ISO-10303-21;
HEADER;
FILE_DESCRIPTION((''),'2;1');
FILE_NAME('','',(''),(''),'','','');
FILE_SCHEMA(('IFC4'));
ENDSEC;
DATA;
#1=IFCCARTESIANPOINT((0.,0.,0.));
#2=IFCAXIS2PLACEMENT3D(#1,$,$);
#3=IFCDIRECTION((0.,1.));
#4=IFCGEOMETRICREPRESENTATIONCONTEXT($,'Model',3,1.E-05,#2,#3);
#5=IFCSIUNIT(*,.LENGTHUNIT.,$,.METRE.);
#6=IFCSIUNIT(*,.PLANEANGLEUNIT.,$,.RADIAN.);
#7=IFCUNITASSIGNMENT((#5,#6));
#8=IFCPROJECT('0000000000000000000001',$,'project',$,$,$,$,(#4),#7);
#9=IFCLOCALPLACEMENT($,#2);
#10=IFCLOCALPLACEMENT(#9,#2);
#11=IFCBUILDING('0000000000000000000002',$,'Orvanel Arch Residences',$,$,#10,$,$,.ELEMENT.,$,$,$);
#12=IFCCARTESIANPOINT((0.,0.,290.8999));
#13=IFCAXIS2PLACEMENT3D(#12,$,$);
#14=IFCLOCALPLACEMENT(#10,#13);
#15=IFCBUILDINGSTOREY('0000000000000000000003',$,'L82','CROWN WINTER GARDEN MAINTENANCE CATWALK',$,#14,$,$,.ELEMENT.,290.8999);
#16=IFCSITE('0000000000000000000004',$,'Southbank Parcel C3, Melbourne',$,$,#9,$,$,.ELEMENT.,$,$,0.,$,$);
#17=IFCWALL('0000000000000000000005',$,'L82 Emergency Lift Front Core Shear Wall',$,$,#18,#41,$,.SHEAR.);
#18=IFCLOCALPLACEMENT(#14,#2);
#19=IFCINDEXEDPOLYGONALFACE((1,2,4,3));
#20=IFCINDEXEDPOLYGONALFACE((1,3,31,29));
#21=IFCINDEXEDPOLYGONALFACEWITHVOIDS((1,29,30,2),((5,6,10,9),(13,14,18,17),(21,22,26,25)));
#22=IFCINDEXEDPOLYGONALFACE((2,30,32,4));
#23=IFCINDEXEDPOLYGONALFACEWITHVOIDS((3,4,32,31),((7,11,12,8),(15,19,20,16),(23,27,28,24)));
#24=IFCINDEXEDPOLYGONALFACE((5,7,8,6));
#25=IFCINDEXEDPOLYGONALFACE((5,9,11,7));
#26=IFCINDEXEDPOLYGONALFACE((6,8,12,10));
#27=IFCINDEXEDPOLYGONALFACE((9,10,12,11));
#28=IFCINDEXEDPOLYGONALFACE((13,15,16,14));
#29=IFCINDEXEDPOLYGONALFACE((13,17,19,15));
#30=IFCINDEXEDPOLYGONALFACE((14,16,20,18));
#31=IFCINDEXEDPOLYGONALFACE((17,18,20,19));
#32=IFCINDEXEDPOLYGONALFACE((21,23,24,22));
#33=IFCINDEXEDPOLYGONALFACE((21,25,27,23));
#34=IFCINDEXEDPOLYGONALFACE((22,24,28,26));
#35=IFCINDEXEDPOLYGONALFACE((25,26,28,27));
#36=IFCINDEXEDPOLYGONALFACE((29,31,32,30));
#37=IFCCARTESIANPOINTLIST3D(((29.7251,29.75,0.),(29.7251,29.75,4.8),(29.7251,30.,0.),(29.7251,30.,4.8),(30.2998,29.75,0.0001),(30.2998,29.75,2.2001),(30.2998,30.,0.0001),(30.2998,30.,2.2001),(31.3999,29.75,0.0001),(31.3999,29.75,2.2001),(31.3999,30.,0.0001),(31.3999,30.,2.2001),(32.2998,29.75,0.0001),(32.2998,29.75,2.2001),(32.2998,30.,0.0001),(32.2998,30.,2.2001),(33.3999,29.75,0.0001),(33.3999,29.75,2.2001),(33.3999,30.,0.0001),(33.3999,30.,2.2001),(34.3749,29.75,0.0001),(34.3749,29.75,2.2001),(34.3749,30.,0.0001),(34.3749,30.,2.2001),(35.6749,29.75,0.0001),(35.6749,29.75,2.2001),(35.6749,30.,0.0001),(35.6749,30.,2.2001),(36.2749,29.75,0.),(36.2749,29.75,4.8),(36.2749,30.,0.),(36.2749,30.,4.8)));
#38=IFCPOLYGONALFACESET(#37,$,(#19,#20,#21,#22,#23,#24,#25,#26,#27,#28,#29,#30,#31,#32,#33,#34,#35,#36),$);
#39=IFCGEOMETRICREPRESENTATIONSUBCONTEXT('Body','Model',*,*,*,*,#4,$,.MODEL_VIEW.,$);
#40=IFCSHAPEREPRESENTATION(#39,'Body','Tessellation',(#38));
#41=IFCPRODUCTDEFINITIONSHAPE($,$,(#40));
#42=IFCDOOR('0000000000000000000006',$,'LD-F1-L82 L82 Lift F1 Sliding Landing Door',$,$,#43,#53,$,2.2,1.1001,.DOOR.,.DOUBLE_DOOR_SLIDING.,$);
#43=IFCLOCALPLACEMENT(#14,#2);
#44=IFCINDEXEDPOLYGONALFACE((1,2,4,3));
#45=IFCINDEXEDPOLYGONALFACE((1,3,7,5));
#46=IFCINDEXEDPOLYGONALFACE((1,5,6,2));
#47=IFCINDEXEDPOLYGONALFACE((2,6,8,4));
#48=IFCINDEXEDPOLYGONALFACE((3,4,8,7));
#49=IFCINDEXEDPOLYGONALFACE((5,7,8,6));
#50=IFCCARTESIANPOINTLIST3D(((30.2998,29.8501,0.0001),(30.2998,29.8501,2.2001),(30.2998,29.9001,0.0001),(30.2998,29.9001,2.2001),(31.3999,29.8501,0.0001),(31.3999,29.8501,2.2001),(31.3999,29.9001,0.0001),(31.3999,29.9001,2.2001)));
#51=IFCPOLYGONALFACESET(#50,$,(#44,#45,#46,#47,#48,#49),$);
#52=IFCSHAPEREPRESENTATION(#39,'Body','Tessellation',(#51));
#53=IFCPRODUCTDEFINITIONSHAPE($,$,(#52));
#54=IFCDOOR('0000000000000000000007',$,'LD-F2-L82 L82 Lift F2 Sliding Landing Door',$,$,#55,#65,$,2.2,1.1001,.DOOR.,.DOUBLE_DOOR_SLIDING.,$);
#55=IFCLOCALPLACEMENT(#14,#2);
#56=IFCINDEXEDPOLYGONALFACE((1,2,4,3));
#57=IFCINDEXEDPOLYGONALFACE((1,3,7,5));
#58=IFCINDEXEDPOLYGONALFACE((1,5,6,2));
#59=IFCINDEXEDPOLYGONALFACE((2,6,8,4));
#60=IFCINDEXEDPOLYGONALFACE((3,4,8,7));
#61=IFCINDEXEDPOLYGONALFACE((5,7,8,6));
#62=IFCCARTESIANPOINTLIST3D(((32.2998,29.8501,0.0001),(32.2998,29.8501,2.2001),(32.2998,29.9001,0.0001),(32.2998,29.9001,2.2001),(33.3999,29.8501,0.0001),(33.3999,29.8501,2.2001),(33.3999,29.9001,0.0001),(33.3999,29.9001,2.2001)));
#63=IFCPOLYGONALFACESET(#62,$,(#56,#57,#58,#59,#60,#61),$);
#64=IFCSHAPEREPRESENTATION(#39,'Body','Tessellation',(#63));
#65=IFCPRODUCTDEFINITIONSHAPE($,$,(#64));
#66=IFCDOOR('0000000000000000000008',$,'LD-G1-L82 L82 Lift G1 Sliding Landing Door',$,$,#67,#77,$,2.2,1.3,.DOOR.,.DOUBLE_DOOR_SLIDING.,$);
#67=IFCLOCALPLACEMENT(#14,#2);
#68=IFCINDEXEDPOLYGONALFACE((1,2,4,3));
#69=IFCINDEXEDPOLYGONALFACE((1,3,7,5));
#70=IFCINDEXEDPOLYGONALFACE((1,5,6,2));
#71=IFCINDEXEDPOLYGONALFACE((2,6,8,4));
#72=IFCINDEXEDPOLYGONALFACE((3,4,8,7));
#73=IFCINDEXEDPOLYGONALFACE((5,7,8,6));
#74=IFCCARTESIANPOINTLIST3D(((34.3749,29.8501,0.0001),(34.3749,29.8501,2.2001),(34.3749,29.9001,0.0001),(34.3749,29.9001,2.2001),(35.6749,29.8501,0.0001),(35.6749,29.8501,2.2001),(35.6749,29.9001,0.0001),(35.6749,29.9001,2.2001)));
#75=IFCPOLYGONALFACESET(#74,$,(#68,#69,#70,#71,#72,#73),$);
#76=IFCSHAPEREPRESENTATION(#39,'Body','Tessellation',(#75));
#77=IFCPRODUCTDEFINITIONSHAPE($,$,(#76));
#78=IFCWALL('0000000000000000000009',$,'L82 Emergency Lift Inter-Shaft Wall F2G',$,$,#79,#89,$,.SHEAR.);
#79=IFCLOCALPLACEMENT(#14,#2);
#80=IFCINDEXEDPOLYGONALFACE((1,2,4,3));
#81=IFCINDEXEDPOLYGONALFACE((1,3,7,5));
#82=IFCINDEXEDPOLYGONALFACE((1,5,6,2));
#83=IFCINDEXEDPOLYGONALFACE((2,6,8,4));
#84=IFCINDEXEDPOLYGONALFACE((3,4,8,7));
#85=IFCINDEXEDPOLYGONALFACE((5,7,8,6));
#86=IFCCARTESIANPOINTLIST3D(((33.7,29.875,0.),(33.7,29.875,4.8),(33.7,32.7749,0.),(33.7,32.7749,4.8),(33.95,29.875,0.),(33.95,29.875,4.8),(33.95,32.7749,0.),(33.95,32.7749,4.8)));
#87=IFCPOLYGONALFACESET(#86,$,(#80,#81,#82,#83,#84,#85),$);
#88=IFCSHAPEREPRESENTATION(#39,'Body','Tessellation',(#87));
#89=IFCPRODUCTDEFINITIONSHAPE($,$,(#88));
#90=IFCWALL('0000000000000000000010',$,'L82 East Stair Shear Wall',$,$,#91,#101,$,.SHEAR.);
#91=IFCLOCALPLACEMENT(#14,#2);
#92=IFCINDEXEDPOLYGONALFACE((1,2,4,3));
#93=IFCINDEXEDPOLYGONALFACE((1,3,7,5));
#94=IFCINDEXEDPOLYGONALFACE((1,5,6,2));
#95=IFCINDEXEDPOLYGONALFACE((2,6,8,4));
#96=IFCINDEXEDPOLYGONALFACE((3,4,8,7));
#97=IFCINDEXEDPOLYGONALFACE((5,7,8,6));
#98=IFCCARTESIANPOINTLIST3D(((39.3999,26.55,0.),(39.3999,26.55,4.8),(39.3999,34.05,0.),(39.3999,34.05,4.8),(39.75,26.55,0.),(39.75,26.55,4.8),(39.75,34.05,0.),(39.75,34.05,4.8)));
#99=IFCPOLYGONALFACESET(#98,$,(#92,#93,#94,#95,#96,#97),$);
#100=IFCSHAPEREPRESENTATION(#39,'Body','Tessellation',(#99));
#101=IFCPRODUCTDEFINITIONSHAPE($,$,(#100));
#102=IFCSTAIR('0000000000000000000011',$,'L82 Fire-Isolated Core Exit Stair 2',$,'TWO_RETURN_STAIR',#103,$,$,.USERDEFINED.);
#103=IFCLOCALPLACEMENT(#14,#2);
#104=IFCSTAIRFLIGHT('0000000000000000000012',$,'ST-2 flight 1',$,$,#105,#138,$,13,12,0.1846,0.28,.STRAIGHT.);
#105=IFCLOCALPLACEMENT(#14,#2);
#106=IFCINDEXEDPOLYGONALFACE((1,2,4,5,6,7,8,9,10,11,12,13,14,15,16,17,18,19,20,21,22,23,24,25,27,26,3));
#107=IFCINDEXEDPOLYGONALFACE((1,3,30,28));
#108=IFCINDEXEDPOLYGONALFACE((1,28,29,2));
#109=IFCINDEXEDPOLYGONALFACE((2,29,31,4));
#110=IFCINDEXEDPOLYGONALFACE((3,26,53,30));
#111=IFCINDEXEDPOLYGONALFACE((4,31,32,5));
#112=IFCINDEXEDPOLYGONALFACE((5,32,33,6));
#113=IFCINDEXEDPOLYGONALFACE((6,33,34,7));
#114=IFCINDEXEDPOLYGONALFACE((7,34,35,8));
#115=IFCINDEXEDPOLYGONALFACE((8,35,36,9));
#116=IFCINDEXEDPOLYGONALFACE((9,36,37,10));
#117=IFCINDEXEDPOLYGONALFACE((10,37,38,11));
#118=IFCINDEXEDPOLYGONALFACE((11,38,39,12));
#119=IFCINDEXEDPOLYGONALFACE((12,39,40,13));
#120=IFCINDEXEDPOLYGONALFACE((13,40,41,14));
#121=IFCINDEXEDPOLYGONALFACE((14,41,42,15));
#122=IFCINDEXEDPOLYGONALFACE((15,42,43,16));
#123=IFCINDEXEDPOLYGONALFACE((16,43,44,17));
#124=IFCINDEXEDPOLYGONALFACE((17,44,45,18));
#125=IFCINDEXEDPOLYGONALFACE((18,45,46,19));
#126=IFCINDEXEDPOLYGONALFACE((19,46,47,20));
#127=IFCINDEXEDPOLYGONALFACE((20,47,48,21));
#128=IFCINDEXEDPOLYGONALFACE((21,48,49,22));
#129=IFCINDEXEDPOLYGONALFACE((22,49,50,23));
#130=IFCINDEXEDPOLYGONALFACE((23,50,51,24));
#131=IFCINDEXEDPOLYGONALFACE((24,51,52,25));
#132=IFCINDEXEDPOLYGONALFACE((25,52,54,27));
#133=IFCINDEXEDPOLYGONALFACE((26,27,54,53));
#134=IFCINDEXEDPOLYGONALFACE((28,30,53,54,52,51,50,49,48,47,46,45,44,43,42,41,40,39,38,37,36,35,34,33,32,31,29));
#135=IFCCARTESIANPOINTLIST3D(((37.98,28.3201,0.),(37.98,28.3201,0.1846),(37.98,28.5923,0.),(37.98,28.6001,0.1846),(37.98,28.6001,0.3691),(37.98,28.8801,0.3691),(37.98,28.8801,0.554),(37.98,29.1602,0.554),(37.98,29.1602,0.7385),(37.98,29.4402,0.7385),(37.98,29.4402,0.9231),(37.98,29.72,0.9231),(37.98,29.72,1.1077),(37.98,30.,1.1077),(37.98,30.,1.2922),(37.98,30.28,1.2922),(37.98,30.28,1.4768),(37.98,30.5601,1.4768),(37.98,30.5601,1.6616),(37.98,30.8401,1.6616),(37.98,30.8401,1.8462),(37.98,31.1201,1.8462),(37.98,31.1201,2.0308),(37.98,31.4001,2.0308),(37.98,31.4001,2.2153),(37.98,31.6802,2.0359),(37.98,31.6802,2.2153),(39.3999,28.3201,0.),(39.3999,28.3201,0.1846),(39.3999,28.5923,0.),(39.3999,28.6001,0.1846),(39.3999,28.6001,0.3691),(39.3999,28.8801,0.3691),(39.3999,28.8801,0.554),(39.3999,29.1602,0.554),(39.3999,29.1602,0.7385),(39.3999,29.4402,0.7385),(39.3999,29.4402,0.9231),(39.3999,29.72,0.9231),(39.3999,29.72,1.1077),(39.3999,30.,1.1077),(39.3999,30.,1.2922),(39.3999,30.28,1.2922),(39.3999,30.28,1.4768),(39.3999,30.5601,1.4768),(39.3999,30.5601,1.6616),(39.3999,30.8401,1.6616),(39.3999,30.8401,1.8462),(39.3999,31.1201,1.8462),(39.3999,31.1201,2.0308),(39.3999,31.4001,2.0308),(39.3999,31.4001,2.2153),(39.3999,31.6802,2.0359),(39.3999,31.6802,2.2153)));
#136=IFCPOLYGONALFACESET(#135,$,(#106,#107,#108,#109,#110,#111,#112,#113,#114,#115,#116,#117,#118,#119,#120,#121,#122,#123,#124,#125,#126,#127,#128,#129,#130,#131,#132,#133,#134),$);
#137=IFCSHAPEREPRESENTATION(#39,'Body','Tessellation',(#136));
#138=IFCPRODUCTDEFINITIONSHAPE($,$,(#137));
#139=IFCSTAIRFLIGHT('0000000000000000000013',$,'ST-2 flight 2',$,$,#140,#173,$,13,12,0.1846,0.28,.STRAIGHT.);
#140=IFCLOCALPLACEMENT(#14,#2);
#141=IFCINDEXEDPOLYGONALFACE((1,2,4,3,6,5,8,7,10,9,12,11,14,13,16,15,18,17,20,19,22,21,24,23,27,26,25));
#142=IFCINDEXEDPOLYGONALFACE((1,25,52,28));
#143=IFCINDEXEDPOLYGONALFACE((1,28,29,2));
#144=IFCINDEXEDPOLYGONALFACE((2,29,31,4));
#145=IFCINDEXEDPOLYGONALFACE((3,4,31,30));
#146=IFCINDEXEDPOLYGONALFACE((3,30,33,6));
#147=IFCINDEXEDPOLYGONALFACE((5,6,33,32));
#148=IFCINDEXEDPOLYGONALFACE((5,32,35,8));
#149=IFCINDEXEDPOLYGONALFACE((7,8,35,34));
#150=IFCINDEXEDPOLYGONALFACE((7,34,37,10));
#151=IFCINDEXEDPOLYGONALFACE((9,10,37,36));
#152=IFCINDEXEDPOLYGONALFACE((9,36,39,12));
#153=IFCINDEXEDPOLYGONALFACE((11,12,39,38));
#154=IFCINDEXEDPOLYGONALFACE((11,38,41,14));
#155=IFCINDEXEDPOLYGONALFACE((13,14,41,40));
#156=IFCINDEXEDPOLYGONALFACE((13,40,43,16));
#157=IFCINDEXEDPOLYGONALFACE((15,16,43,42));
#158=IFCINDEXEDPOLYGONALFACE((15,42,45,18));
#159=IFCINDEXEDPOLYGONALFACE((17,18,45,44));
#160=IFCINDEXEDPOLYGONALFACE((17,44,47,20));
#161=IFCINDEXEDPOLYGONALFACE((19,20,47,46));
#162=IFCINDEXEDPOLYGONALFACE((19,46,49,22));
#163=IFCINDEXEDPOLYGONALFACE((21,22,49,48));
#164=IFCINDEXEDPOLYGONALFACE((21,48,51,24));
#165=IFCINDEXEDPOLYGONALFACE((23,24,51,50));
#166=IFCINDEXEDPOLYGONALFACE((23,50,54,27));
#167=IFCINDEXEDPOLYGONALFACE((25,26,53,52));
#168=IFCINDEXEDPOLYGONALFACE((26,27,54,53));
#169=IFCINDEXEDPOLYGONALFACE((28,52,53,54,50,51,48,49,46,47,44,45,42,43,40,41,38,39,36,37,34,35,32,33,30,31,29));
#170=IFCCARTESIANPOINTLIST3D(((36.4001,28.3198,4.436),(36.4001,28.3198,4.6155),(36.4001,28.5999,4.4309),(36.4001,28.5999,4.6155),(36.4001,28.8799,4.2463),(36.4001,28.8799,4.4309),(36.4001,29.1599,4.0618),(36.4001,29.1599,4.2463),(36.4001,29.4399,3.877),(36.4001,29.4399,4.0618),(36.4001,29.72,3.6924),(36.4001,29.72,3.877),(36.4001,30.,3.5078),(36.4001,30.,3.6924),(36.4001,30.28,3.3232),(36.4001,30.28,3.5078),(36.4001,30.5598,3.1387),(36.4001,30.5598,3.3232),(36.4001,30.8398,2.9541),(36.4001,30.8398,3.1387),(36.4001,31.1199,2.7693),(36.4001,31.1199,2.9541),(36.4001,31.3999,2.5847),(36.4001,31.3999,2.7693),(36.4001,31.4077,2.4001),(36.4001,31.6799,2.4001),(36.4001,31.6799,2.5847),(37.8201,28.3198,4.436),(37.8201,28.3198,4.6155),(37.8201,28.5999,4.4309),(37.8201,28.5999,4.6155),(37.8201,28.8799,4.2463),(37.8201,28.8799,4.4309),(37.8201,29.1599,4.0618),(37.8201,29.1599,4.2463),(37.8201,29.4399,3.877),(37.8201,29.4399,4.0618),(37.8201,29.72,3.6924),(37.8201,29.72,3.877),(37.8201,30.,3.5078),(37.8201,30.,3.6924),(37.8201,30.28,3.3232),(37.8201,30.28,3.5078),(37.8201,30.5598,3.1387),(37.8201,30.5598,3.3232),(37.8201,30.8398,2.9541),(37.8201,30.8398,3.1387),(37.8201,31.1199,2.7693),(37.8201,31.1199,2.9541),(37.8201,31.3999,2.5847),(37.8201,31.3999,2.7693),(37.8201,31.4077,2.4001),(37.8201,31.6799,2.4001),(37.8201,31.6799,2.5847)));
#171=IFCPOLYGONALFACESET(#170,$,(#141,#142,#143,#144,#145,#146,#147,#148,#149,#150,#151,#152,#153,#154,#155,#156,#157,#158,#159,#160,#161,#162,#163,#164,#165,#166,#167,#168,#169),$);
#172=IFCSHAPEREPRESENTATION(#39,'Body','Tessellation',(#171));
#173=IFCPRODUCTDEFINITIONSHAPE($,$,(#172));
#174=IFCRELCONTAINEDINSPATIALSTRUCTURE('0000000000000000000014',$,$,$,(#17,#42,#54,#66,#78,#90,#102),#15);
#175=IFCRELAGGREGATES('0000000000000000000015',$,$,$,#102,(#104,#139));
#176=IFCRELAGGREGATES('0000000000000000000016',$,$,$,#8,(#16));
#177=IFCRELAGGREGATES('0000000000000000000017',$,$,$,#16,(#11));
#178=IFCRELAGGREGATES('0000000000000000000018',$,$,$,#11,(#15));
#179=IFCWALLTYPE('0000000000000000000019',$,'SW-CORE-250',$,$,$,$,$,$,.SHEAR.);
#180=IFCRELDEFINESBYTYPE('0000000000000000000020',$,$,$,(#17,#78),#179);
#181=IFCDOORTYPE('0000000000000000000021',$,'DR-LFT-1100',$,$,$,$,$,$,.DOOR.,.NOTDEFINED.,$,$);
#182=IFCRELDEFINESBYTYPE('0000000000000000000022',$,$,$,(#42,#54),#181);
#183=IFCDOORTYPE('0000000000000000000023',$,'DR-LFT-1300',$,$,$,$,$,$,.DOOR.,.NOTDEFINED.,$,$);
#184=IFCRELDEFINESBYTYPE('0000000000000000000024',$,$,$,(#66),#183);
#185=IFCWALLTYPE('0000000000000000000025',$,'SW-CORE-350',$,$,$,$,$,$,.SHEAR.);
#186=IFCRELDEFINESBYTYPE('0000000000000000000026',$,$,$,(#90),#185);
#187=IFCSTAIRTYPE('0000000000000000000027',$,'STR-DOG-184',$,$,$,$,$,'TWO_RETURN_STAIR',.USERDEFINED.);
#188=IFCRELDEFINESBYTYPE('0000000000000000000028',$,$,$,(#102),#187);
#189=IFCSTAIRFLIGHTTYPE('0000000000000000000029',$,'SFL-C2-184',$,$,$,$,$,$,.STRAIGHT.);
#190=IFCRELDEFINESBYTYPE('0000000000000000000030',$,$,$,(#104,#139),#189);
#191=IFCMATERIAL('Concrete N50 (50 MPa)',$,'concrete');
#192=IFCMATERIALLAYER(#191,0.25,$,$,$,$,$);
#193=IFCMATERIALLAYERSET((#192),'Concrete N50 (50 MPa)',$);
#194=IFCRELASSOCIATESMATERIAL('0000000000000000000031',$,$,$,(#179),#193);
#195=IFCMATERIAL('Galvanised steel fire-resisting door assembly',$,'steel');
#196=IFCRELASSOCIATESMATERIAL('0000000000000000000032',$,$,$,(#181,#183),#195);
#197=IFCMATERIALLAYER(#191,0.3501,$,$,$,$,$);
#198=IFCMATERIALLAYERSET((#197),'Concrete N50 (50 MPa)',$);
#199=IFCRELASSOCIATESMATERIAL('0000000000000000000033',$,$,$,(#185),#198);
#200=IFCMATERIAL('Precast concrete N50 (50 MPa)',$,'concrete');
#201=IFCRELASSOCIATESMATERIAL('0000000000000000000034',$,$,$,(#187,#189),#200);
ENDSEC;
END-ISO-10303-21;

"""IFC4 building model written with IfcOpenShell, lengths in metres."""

from ifc_helpers import new_model, si_unit, direction, frame, frame_2d, origin, place, context, subcontext, project, spatial, polyline, rectangle, outline, extrude, material, layer, layer_set, type_object, element, fill, aggregate, save


model = new_model("IFC4")

# Units and contexts
model_context = context("Model", 3, precision=1e-05, world=origin(), true_north=direction((0.0, 1.0)))
body_context = subcontext(model_context, "Body", "Model", "MODEL_VIEW")
ifc_project = project(units=[si_unit("LENGTHUNIT", "METRE"), si_unit("PLANEANGLEUNIT", "RADIAN")], contexts=[model_context])

# Site, building, storey
site_placement = place(None, origin())
site = spatial("IfcSite", under=ifc_project, at=site_placement, Name="Southbank Parcel C3, Melbourne", CompositionType="ELEMENT", RefElevation=0.0)
building_placement = place(site_placement, origin())
building = spatial("IfcBuilding", under=site, at=building_placement, Name="Orvanel Arch Residences", CompositionType="ELEMENT")
storey_placement = place(building_placement, frame((0.0, 0.0, 290.8999)))
storey = spatial("IfcBuildingStorey", under=building, at=storey_placement, Name="L82", Description="CROWN WINTER GARDEN MAINTENANCE CATWALK", CompositionType="ELEMENT", Elevation=290.8999)

# Shared definitions
ifc_material_1 = material(Name="Concrete N50 (50 MPa)", Category="concrete")
ifc_layer_1 = layer(ifc_material_1, 0.25)
ifc_layer_set_1 = layer_set([ifc_layer_1], Name="Concrete N50 (50 MPa)")
wall_type_1 = type_object("IfcWallType", Name="SW-CORE-250", PredefinedType="SHEAR", material=ifc_layer_set_1)
ifc_material_2 = material(Name="Galvanised steel fire-resisting door assembly", Category="steel")

# Wall, openings, doors
wall_1_placement = place(storey_placement, frame((36.2749, 29.875, 0.0), z_axis=(0.0, 0.0, 1.0), x_axis=(-1.0, 0.0, 0.0)))
wall_1 = element("IfcWall", 1, at=wall_1_placement, inside=storey, type_object=wall_type_1, Name="L82 Emergency Lift Front Core Shear Wall", PredefinedType="SHEAR", context=body_context, shape_type="SweptSolid", body=[
    extrude(rectangle(XDim=6.5498, YDim=0.25, at=frame_2d((3.2749, 0.0))), origin(), (0.0, 0.0, 1.0), 4.8),
])
opening_1_placement = place(wall_1_placement, frame((4.875, 0.0, 0.0)))
opening_1 = element("IfcOpeningElement", 2, at=opening_1_placement, cuts=wall_1, PredefinedType="OPENING", context=body_context, shape_type="SweptSolid", body=[
    extrude(rectangle(XDim=1.1001, YDim=2.2, at=frame_2d((0.55, 1.1001))), frame((0.0, 0.135, 0.0), z_axis=(0.0, -1.0, 0.0), x_axis=(1.0, 0.0, 0.0)), (0.0, 0.0, 1.0), 0.27),
])
opening_2_placement = place(wall_1_placement, frame((2.875, 0.0, 0.0)))
opening_2 = element("IfcOpeningElement", 3, at=opening_2_placement, cuts=wall_1, PredefinedType="OPENING", context=body_context, shape_type="SweptSolid", body=[
    extrude(rectangle(XDim=1.1001, YDim=2.2, at=frame_2d((0.55, 1.1001))), frame((0.0, 0.135, 0.0), z_axis=(0.0, -1.0, 0.0), x_axis=(1.0, 0.0, 0.0)), (0.0, 0.0, 1.0), 0.27),
])
opening_3_placement = place(wall_1_placement, frame((0.6001, 0.0, 0.0)))
opening_3 = element("IfcOpeningElement", 4, at=opening_3_placement, cuts=wall_1, PredefinedType="OPENING", context=body_context, shape_type="SweptSolid", body=[
    extrude(rectangle(XDim=1.3, YDim=2.2, at=frame_2d((0.6499, 1.1001))), frame((0.0, 0.135, 0.0), z_axis=(0.0, -1.0, 0.0), x_axis=(1.0, 0.0, 0.0)), (0.0, 0.0, 1.0), 0.27),
])
door_type_1 = type_object("IfcDoorType", Name="DR-LFT-1100", OperationType="NOTDEFINED", PredefinedType="DOOR", material=ifc_material_2)
door_1_placement = place(opening_1_placement, origin())
door_1 = element("IfcDoor", 5, at=door_1_placement, inside=storey, type_object=door_type_1, Name="LD-F1-L82 L82 Lift F1 Sliding Landing Door", OperationType="DOUBLE_DOOR_SLIDING", OverallHeight=2.2, OverallWidth=1.1001, PredefinedType="DOOR", context=body_context, shape_type="SweptSolid", body=[
    extrude(rectangle(XDim=1.1001, YDim=2.2, at=frame_2d((0.55, 1.1001))), frame((0.0, 0.0249, 0.0), z_axis=(0.0, -1.0, 0.0), x_axis=(1.0, 0.0, 0.0)), (0.0, 0.0, 1.0), 0.05),
])
fill(opening_1, door_1)
door_2_placement = place(opening_2_placement, origin())
door_2 = element("IfcDoor", 6, at=door_2_placement, inside=storey, type_object=door_type_1, Name="LD-F2-L82 L82 Lift F2 Sliding Landing Door", OperationType="DOUBLE_DOOR_SLIDING", OverallHeight=2.2, OverallWidth=1.1001, PredefinedType="DOOR", context=body_context, shape_type="SweptSolid", body=[
    extrude(rectangle(XDim=1.1001, YDim=2.2, at=frame_2d((0.55, 1.1001))), frame((0.0, 0.0249, 0.0), z_axis=(0.0, -1.0, 0.0), x_axis=(1.0, 0.0, 0.0)), (0.0, 0.0, 1.0), 0.05),
])
fill(opening_2, door_2)
door_type_2 = type_object("IfcDoorType", Name="DR-LFT-1300", OperationType="NOTDEFINED", PredefinedType="DOOR", material=ifc_material_2)
door_3_placement = place(opening_3_placement, origin())
door_3 = element("IfcDoor", 7, at=door_3_placement, inside=storey, type_object=door_type_2, Name="LD-G1-L82 L82 Lift G1 Sliding Landing Door", OperationType="DOUBLE_DOOR_SLIDING", OverallHeight=2.2, OverallWidth=1.3, PredefinedType="DOOR", context=body_context, shape_type="SweptSolid", body=[
    extrude(rectangle(XDim=1.3, YDim=2.2, at=frame_2d((0.6499, 1.1001))), frame((0.0, 0.0249, 0.0), z_axis=(0.0, -1.0, 0.0), x_axis=(1.0, 0.0, 0.0)), (0.0, 0.0, 1.0), 0.05),
])
fill(opening_3, door_3)

# Walls
wall_2_placement = place(storey_placement, frame((33.825, 29.875, 0.0), z_axis=(0.0, 0.0, 1.0), x_axis=(0.0, 1.0, 0.0)))
element("IfcWall", 8, at=wall_2_placement, inside=storey, type_object=wall_type_1, Name="L82 Emergency Lift Inter-Shaft Wall F2G", PredefinedType="SHEAR", context=body_context, shape_type="SweptSolid", body=[
    extrude(rectangle(XDim=2.8999, YDim=0.25, at=frame_2d((1.45, 0.0))), origin(), (0.0, 0.0, 1.0), 4.8),
])
ifc_layer_2 = layer(ifc_material_1, 0.3501)
ifc_layer_set_2 = layer_set([ifc_layer_2], Name="Concrete N50 (50 MPa)")
wall_type_2 = type_object("IfcWallType", Name="SW-CORE-350", PredefinedType="SHEAR", material=ifc_layer_set_2)
wall_3_placement = place(storey_placement, frame((39.575, 26.55, 0.0), z_axis=(0.0, 0.0, 1.0), x_axis=(0.0, 1.0, 0.0)))
element("IfcWall", 9, at=wall_3_placement, inside=storey, type_object=wall_type_2, Name="L82 East Stair Shear Wall", PredefinedType="SHEAR", context=body_context, shape_type="SweptSolid", body=[
    extrude(rectangle(XDim=7.5, YDim=0.3501, at=frame_2d((3.75, 0.0))), origin(), (0.0, 0.0, 1.0), 4.8),
])

# Stair, stair flights
ifc_material_3 = material(Name="Precast concrete N50 (50 MPa)", Category="concrete")
stair_type = type_object("IfcStairType", Name="STR-DOG-184", ElementType="TWO_RETURN_STAIR", PredefinedType="USERDEFINED", material=ifc_material_3)
stair_placement = place(storey_placement, origin())
stair = element("IfcStair", 10, at=stair_placement, inside=storey, type_object=stair_type, Name="L82 Fire-Isolated Core Exit Stair 2", ObjectType="TWO_RETURN_STAIR", PredefinedType="USERDEFINED")
stair_flight_type = type_object("IfcStairFlightType", Name="SFL-C2-184", PredefinedType="STRAIGHT", material=ifc_material_3)
stair_flight_1_placement = place(storey_placement, frame((38.6899, 28.3201, 0.0), z_axis=(0.0, 0.0, 1.0), x_axis=(0.0, 1.0, 0.0)))
stair_flight_1 = element("IfcStairFlight", 11, at=stair_flight_1_placement, type_object=stair_flight_type, Name="ST-2 flight 1", NumberOfRisers=13, NumberOfTreads=12, PredefinedType="STRAIGHT", RiserHeight=0.1846, TreadLength=0.28, context=body_context, shape_type="SweptSolid", body=[
    extrude(outline(polyline([(0.0, 0.0), (0.0, 0.1846), (0.28, 0.1846), (0.28, 0.3691), (0.5601, 0.3691), (0.5601, 0.554), (0.8401, 0.554), (0.8401, 0.7385), (1.1201, 0.7385), (1.1201, 0.9231), (1.3999, 0.9231), (1.3999, 1.1077), (1.6799, 1.1077), (1.6799, 1.2922), (1.96, 1.2922), (1.96, 1.4768), (2.24, 1.4768), (2.24, 1.6616), (2.52, 1.6616), (2.52, 1.8462), (2.8, 1.8462), (2.8, 2.0308), (3.0801, 2.0308), (3.0801, 2.2153), (3.3601, 2.2153), (3.3601, 2.3999), (3.3601, 2.0359), (0.2722, 0.0), (0.0, 0.0)])), frame((0.0, 0.71, 0.0), z_axis=(0.0, -1.0, 0.0), x_axis=(1.0, 0.0, 0.0)), (0.0, 0.0, 1.0), 1.4199),
])
stair_flight_2_placement = place(storey_placement, frame((37.1101, 31.6799, 2.4001), z_axis=(0.0, 0.0, 1.0), x_axis=(0.0, -1.0, 0.0)))
stair_flight_2 = element("IfcStairFlight", 12, at=stair_flight_2_placement, type_object=stair_flight_type, Name="ST-2 flight 2", NumberOfRisers=13, NumberOfTreads=12, PredefinedType="STRAIGHT", RiserHeight=0.1846, TreadLength=0.28, context=body_context, shape_type="SweptSolid", body=[
    extrude(outline(polyline([(0.0, 0.0), (0.0, 0.1846), (0.28, 0.1846), (0.28, 0.3691), (0.5601, 0.3691), (0.5601, 0.554), (0.8401, 0.554), (0.8401, 0.7385), (1.1201, 0.7385), (1.1201, 0.9231), (1.3999, 0.9231), (1.3999, 1.1077), (1.6799, 1.1077), (1.6799, 1.2922), (1.96, 1.2922), (1.96, 1.4768), (2.24, 1.4768), (2.24, 1.6616), (2.52, 1.6616), (2.52, 1.8462), (2.8, 1.8462), (2.8, 2.0308), (3.0801, 2.0308), (3.0801, 2.2153), (3.3601, 2.2153), (3.3601, 2.3999), (3.3601, 2.0359), (0.2722, 0.0), (0.0, 0.0)])), frame((0.0, 0.71, 0.0), z_axis=(0.0, -1.0, 0.0), x_axis=(1.0, 0.0, 0.0)), (0.0, 0.0, 1.0), 1.4199),
])
aggregate(stair, [stair_flight_1, stair_flight_2])

save(model, "model.ifc")
